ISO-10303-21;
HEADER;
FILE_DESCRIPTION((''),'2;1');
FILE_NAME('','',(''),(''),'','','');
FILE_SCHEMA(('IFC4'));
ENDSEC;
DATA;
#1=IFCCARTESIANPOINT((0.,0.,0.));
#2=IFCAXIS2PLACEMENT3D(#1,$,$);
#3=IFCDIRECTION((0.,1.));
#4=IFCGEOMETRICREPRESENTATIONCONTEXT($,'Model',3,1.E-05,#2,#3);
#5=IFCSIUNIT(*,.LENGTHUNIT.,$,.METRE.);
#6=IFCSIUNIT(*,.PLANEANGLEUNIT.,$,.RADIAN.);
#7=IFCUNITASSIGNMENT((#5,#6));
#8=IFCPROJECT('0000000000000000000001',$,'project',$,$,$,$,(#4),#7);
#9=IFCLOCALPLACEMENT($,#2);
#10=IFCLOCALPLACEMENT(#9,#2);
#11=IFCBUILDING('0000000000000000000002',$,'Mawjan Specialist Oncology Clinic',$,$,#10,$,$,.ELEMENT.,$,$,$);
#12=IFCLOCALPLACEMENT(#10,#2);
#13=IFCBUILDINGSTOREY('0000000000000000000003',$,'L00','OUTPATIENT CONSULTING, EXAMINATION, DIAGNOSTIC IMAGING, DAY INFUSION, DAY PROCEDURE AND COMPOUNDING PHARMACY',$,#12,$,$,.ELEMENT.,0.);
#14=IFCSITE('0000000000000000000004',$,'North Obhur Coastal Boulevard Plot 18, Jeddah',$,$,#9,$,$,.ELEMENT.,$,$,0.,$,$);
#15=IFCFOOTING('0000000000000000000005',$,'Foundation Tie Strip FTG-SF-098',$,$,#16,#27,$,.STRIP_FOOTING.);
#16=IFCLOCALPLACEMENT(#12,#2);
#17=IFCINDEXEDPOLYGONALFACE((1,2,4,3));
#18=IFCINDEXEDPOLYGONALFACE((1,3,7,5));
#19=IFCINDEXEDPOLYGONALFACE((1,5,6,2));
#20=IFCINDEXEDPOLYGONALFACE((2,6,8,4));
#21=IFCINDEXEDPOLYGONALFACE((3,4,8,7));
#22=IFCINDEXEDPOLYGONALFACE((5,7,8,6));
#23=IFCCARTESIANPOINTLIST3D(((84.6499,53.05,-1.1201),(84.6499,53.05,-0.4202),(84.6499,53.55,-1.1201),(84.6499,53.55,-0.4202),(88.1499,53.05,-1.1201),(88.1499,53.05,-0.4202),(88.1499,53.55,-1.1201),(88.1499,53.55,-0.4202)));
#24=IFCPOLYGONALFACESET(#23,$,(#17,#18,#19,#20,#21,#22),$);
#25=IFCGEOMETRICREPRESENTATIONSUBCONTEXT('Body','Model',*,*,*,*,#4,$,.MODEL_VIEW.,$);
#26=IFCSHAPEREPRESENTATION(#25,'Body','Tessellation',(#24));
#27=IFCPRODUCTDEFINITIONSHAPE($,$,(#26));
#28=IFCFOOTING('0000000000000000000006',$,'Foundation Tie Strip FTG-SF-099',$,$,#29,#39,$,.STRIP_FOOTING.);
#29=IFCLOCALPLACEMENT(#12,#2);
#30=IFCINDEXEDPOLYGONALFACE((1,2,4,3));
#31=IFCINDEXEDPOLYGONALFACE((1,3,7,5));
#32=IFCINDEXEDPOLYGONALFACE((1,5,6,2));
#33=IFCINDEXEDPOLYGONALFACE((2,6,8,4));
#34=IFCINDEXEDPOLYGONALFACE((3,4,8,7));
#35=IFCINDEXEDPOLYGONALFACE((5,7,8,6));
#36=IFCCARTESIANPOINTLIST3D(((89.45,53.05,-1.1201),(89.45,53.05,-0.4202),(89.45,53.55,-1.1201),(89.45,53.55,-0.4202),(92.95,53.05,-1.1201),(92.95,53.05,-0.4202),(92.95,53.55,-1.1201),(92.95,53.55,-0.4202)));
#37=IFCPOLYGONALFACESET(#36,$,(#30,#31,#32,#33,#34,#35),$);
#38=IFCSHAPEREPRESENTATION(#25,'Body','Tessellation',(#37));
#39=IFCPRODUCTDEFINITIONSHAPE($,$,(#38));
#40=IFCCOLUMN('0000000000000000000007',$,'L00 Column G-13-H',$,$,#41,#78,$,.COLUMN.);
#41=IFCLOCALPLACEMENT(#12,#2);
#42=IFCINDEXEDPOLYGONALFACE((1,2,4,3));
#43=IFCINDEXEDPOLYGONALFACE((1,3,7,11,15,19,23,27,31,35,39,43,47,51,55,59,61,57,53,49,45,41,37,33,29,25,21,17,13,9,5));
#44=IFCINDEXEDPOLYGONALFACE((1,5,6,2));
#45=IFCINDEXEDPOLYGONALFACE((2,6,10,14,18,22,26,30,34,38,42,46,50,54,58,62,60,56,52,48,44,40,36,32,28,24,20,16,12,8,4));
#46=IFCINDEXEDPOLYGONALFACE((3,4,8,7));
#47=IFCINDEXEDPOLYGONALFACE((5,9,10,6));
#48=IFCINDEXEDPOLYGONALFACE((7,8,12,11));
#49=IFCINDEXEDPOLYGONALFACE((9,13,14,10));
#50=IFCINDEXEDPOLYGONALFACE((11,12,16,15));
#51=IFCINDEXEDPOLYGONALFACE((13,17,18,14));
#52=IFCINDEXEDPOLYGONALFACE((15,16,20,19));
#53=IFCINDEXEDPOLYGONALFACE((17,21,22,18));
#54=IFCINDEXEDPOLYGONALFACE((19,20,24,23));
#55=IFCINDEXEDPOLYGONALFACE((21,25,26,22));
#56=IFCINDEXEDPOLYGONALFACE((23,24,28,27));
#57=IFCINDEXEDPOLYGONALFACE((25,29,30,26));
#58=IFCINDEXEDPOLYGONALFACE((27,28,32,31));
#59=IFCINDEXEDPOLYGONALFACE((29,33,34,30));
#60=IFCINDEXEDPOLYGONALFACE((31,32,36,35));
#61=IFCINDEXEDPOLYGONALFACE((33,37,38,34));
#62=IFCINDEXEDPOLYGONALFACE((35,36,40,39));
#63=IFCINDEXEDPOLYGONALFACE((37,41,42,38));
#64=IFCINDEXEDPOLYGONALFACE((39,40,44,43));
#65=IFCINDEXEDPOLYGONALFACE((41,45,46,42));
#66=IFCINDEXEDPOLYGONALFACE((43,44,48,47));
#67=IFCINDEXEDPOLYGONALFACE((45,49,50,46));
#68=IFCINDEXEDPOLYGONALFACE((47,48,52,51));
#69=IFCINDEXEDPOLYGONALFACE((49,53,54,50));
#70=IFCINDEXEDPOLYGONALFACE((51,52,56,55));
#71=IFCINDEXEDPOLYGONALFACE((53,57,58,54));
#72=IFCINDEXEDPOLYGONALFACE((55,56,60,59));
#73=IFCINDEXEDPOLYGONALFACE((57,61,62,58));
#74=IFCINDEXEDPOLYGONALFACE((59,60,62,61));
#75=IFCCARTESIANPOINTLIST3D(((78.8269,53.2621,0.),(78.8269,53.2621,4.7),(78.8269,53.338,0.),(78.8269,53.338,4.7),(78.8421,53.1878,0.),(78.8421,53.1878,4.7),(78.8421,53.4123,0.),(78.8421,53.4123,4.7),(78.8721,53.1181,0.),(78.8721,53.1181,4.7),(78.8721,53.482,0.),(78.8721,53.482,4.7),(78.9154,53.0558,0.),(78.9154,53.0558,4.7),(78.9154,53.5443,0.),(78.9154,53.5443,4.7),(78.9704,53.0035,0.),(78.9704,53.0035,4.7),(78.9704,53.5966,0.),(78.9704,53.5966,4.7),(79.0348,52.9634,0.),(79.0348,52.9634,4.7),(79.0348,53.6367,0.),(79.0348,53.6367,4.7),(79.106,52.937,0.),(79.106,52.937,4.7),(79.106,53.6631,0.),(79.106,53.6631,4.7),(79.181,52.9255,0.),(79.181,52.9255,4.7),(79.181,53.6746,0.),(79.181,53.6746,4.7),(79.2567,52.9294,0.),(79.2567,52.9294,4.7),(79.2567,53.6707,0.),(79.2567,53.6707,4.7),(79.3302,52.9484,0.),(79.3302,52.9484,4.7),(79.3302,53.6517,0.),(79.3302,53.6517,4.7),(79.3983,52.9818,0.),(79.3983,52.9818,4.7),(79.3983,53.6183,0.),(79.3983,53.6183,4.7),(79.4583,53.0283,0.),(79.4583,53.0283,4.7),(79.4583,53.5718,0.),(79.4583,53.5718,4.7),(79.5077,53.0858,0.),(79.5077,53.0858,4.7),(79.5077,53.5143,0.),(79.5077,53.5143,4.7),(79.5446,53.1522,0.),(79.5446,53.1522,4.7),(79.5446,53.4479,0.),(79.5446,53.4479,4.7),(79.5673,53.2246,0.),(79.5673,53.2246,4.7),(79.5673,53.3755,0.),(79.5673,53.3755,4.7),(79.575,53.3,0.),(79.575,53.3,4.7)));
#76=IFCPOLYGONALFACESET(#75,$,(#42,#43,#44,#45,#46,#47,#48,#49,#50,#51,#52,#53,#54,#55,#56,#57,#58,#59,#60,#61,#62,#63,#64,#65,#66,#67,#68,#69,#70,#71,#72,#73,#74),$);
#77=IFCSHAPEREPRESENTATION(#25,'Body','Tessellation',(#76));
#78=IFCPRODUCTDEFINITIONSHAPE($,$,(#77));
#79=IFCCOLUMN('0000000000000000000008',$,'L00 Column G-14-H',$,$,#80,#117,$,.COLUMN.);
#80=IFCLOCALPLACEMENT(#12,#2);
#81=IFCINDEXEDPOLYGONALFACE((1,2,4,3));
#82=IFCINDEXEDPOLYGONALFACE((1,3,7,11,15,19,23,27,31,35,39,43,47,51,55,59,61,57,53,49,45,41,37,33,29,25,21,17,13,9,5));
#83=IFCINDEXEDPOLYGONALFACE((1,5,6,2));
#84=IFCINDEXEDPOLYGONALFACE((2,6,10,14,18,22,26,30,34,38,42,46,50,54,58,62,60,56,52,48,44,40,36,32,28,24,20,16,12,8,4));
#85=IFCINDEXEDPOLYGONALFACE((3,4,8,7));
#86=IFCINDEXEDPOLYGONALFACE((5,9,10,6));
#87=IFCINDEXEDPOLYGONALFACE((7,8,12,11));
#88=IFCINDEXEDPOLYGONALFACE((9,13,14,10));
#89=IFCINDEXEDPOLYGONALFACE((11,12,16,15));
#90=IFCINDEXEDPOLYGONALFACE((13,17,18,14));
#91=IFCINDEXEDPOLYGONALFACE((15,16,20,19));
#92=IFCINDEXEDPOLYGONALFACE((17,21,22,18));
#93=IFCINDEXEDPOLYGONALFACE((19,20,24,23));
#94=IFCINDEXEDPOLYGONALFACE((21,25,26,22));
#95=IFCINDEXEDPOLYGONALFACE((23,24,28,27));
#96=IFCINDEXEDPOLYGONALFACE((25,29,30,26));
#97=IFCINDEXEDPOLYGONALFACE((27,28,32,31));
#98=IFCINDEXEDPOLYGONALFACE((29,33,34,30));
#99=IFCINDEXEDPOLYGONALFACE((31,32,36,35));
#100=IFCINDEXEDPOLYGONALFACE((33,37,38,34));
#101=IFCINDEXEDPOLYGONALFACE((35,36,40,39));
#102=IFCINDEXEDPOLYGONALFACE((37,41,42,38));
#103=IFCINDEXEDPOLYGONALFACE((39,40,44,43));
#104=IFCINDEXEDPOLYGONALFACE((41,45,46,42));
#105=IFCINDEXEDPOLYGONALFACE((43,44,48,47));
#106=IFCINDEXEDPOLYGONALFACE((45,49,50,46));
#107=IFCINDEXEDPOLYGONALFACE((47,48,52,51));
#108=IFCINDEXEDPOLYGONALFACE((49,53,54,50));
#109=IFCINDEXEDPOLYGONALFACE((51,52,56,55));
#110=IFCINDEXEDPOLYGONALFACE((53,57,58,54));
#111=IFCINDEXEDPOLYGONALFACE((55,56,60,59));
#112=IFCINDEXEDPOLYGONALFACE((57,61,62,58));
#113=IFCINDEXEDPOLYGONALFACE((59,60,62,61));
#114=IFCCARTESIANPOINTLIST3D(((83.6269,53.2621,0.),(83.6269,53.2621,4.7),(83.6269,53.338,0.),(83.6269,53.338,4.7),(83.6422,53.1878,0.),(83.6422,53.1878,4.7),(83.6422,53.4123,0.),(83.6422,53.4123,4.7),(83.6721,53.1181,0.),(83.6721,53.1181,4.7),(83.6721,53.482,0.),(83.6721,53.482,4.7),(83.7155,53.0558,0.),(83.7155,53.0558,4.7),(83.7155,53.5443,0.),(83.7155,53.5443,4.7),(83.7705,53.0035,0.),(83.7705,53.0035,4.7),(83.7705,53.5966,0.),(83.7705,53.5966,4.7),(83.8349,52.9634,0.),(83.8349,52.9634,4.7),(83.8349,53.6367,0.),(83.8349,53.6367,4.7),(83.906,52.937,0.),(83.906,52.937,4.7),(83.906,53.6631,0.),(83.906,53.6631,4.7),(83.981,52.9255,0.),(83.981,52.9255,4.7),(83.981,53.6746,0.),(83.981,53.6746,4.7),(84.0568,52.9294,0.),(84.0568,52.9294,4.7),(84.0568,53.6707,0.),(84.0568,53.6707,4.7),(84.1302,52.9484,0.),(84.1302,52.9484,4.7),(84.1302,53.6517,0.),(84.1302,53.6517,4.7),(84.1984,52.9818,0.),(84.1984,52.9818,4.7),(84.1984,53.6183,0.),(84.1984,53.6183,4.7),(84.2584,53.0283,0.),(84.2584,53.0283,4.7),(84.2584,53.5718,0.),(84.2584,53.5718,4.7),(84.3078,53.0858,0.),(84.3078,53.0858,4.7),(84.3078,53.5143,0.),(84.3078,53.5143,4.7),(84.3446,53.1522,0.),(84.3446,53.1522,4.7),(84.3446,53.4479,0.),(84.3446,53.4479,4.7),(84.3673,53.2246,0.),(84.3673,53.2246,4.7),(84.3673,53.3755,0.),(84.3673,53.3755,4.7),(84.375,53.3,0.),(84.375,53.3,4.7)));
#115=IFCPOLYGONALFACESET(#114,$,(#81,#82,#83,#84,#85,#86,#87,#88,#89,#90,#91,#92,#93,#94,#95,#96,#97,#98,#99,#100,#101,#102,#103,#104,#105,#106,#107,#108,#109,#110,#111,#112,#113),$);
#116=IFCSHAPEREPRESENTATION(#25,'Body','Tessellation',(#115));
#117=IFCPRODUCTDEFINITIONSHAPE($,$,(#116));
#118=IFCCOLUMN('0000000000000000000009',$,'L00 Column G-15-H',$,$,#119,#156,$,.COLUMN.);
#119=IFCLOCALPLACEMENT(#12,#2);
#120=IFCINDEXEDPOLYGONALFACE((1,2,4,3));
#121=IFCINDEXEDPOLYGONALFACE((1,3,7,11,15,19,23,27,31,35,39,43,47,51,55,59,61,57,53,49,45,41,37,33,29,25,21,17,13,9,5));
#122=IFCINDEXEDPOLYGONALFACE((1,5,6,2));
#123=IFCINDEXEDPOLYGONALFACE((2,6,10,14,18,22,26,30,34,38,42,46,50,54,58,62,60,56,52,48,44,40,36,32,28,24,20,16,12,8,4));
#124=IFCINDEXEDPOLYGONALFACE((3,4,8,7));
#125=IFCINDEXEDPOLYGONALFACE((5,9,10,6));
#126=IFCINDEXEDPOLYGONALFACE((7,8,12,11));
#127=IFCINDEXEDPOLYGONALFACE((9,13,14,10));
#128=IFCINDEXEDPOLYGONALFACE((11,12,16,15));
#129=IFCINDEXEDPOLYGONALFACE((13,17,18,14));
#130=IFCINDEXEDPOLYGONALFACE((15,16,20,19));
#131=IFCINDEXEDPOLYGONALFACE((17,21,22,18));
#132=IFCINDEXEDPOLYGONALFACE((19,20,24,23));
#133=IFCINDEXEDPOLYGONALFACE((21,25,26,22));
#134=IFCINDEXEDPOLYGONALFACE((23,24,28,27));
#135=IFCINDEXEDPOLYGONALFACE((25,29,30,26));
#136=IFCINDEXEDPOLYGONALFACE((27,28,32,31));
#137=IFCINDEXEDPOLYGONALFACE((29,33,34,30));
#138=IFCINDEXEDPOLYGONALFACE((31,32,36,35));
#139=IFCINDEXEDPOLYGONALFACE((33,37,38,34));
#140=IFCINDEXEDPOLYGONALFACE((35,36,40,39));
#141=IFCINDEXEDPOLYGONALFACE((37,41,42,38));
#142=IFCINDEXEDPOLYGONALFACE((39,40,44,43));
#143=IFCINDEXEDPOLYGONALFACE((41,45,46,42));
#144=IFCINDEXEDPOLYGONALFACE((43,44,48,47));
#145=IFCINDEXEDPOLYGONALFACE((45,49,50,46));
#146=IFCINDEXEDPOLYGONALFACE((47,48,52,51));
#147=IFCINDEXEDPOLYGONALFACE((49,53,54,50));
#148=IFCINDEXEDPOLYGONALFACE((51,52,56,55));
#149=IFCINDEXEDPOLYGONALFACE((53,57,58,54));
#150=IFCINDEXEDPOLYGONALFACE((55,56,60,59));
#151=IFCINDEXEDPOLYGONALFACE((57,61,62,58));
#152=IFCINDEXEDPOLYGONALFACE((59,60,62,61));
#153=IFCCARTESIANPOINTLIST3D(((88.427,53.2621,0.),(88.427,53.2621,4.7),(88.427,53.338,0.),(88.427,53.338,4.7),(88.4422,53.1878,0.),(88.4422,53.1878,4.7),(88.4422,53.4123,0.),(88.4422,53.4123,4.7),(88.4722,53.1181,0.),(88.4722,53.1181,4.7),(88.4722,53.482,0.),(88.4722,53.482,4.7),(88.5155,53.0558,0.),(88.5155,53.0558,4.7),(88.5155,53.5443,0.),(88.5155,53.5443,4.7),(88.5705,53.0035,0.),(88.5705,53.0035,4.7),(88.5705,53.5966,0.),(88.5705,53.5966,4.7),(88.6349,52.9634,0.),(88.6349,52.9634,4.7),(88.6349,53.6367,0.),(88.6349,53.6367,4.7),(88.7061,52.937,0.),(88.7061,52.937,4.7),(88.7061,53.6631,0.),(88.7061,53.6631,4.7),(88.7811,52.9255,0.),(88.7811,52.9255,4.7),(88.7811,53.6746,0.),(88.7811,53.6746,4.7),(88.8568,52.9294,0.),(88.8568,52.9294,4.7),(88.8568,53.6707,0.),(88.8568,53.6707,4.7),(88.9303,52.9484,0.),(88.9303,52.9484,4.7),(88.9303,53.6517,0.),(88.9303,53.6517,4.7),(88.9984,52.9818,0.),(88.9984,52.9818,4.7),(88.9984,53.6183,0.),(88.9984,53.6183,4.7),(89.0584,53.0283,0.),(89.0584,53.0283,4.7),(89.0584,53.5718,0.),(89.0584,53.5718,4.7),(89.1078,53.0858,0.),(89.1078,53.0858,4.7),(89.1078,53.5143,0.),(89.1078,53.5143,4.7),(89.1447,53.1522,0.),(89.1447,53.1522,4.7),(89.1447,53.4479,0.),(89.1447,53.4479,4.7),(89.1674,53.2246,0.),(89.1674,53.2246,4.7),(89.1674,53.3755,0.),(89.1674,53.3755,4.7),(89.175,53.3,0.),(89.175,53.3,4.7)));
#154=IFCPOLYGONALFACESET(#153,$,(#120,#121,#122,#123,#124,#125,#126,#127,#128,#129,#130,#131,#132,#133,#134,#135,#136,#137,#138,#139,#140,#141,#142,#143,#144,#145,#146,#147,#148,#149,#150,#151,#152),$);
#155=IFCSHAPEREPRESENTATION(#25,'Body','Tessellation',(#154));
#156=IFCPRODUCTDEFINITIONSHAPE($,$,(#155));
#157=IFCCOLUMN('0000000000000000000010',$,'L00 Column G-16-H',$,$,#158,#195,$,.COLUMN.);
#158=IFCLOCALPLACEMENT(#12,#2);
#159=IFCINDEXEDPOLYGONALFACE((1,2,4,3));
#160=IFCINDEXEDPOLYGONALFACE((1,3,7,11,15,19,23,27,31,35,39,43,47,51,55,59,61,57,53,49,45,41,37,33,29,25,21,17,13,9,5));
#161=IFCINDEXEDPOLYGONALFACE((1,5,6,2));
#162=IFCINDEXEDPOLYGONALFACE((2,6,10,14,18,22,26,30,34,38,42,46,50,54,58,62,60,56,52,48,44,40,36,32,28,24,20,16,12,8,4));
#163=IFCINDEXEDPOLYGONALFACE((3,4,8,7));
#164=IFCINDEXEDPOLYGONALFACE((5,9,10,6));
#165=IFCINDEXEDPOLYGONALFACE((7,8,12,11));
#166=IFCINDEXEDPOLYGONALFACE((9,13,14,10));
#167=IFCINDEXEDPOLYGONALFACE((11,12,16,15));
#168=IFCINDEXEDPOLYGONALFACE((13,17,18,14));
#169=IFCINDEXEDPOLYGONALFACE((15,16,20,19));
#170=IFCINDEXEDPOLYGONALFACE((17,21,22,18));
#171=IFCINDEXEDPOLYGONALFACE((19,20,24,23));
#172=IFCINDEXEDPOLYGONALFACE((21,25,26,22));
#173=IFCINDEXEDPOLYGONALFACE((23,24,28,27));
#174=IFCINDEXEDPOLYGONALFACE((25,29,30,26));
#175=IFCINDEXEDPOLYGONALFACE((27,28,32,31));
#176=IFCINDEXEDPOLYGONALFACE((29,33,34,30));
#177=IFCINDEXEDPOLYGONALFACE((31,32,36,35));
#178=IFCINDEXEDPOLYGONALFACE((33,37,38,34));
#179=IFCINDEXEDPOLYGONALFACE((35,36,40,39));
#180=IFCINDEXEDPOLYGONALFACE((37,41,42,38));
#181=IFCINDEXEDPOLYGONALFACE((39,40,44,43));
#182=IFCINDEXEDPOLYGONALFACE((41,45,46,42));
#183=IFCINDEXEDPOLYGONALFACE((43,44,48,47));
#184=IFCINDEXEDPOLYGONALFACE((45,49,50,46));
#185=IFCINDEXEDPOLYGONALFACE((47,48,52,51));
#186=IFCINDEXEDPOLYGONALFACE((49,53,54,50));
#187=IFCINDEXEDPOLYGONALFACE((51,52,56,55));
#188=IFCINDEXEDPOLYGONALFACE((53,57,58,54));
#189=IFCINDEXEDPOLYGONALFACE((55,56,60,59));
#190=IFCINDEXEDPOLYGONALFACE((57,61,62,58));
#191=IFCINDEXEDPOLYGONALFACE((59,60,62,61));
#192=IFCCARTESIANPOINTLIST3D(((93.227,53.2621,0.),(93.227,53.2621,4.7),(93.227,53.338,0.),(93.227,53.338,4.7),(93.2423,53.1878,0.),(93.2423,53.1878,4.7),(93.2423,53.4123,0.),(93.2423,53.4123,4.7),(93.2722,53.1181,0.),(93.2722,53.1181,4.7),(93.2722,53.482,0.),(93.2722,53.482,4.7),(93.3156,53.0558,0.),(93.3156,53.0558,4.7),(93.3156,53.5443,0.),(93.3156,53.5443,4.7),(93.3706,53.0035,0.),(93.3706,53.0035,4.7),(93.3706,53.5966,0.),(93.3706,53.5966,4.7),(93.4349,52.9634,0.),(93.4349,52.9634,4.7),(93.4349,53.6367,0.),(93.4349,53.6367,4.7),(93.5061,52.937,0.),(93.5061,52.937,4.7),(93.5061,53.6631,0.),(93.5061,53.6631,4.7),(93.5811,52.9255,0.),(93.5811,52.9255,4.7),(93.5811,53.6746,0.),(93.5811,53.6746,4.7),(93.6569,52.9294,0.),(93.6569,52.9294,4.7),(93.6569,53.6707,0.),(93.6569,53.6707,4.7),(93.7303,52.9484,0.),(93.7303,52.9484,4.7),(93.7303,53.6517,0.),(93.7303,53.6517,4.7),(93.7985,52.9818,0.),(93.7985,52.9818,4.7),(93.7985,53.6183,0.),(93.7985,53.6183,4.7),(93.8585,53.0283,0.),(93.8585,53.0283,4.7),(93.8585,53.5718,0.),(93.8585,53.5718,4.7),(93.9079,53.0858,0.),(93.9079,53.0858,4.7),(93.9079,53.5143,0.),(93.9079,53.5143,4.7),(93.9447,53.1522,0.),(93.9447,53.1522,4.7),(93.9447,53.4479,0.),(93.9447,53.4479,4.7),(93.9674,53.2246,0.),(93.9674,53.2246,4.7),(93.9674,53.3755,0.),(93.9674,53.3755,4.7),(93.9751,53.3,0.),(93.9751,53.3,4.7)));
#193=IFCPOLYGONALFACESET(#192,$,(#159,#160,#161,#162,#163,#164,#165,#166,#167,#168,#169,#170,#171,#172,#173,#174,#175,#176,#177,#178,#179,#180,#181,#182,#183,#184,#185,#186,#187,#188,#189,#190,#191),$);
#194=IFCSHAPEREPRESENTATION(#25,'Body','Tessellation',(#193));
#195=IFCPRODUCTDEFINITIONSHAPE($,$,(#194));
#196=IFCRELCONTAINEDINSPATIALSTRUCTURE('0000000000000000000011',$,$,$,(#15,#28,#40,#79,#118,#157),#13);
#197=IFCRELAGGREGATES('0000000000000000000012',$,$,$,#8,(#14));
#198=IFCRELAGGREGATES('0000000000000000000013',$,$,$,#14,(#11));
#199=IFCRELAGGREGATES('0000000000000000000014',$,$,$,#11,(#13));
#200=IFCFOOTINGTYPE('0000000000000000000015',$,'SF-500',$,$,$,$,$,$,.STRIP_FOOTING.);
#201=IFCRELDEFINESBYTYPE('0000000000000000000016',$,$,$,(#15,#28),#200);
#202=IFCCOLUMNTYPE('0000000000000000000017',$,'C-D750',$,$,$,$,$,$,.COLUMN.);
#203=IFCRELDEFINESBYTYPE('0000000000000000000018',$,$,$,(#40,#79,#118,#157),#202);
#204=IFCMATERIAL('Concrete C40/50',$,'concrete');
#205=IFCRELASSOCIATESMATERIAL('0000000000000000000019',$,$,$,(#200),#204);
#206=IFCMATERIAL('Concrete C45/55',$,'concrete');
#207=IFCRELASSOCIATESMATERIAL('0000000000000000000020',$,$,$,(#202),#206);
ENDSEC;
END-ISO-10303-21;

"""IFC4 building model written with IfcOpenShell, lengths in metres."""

from ifc_helpers import new_model, si_unit, direction, frame, origin, origin_2d, place, context, subcontext, project, spatial, rectangle, circle, extrude, material, material_profile, profile_set, type_object, element, save


model = new_model("IFC4")

# Units and contexts
model_context = context("Model", 3, precision=1e-05, world=origin(), true_north=direction((0.0, 1.0)))
body_context = subcontext(model_context, "Body", "Model", "MODEL_VIEW")
ifc_project = project(units=[si_unit("LENGTHUNIT", "METRE"), si_unit("PLANEANGLEUNIT", "RADIAN")], contexts=[model_context])

# Site, building, storey
site_placement = place(None, origin())
site = spatial("IfcSite", under=ifc_project, at=site_placement, Name="North Obhur Coastal Boulevard Plot 18, Jeddah", CompositionType="ELEMENT", RefElevation=0.0)
building_placement = place(site_placement, origin())
building = spatial("IfcBuilding", under=site, at=building_placement, Name="Mawjan Specialist Oncology Clinic", CompositionType="ELEMENT")
storey_placement = place(building_placement, origin())
storey = spatial("IfcBuildingStorey", under=building, at=storey_placement, Name="L00", Description="OUTPATIENT CONSULTING, EXAMINATION, DIAGNOSTIC IMAGING, DAY INFUSION, DAY PROCEDURE AND COMPOUNDING PHARMACY", CompositionType="ELEMENT", Elevation=0.0)

# Footings
ifc_material_1 = material(Name="Concrete C40/50", Category="concrete")
footing_type_1 = type_object("IfcFootingType", Name="SF-500", PredefinedType="STRIP_FOOTING", material=ifc_material_1)
for number, where, z_axis, x_axis, name in (
    (1, (86.3999, 53.3, -1.1201), (0.0, 0.0, 1.0), (1.0, 0.0, 0.0), "Foundation Tie Strip FTG-SF-098"),
    (2, (91.2, 53.3, -1.1201), (0.0, 0.0, 1.0), (1.0, 0.0, 0.0), "Foundation Tie Strip FTG-SF-099"),
):
    element("IfcFooting", number, at=place(storey_placement, frame(where, z_axis=z_axis, x_axis=x_axis)), inside=storey, type_object=footing_type_1, Name=name, PredefinedType="STRIP_FOOTING", context=body_context, shape_type="SweptSolid", body=[
        extrude(rectangle(XDim=3.5, YDim=0.5, at=origin_2d()), origin(), (0.0, 0.0, 1.0), 0.7),
    ])

# Columns
ifc_material_2 = material(Name="Concrete C45/55", Category="concrete")
ifc_material_profile_1 = material_profile(ifc_material_2, circle(Radius=0.375, at=origin_2d()), Name="RC COL D750", Category="concrete")
ifc_profile_set_1 = profile_set([ifc_material_profile_1], Name="Concrete C45/55")
column_type = type_object("IfcColumnType", Name="C-D750", PredefinedType="COLUMN", material=ifc_profile_set_1)
for number, where, z_axis, x_axis, name in (
    (3, (79.2, 53.3, 0.0), (0.0, 0.0, 1.0), (1.0, 0.0, 0.0), "L00 Column G-13-H"),
    (4, (84.0, 53.3, 0.0), (0.0, 0.0, 1.0), (1.0, 0.0, 0.0), "L00 Column G-14-H"),
    (5, (88.8, 53.3, 0.0), (0.0, 0.0, 1.0), (1.0, 0.0, 0.0), "L00 Column G-15-H"),
    (6, (93.6001, 53.3, 0.0), (0.0, 0.0, 1.0), (1.0, 0.0, 0.0), "L00 Column G-16-H"),
):
    element("IfcColumn", number, at=place(storey_placement, frame(where, z_axis=z_axis, x_axis=x_axis)), inside=storey, type_object=column_type, Name=name, PredefinedType="COLUMN", context=body_context, shape_type="SweptSolid", body=[
        extrude(circle(Radius=0.375, at=origin_2d()), origin(), (0.0, 0.0, 1.0), 4.7),
    ])

save(model, "model.ifc")
